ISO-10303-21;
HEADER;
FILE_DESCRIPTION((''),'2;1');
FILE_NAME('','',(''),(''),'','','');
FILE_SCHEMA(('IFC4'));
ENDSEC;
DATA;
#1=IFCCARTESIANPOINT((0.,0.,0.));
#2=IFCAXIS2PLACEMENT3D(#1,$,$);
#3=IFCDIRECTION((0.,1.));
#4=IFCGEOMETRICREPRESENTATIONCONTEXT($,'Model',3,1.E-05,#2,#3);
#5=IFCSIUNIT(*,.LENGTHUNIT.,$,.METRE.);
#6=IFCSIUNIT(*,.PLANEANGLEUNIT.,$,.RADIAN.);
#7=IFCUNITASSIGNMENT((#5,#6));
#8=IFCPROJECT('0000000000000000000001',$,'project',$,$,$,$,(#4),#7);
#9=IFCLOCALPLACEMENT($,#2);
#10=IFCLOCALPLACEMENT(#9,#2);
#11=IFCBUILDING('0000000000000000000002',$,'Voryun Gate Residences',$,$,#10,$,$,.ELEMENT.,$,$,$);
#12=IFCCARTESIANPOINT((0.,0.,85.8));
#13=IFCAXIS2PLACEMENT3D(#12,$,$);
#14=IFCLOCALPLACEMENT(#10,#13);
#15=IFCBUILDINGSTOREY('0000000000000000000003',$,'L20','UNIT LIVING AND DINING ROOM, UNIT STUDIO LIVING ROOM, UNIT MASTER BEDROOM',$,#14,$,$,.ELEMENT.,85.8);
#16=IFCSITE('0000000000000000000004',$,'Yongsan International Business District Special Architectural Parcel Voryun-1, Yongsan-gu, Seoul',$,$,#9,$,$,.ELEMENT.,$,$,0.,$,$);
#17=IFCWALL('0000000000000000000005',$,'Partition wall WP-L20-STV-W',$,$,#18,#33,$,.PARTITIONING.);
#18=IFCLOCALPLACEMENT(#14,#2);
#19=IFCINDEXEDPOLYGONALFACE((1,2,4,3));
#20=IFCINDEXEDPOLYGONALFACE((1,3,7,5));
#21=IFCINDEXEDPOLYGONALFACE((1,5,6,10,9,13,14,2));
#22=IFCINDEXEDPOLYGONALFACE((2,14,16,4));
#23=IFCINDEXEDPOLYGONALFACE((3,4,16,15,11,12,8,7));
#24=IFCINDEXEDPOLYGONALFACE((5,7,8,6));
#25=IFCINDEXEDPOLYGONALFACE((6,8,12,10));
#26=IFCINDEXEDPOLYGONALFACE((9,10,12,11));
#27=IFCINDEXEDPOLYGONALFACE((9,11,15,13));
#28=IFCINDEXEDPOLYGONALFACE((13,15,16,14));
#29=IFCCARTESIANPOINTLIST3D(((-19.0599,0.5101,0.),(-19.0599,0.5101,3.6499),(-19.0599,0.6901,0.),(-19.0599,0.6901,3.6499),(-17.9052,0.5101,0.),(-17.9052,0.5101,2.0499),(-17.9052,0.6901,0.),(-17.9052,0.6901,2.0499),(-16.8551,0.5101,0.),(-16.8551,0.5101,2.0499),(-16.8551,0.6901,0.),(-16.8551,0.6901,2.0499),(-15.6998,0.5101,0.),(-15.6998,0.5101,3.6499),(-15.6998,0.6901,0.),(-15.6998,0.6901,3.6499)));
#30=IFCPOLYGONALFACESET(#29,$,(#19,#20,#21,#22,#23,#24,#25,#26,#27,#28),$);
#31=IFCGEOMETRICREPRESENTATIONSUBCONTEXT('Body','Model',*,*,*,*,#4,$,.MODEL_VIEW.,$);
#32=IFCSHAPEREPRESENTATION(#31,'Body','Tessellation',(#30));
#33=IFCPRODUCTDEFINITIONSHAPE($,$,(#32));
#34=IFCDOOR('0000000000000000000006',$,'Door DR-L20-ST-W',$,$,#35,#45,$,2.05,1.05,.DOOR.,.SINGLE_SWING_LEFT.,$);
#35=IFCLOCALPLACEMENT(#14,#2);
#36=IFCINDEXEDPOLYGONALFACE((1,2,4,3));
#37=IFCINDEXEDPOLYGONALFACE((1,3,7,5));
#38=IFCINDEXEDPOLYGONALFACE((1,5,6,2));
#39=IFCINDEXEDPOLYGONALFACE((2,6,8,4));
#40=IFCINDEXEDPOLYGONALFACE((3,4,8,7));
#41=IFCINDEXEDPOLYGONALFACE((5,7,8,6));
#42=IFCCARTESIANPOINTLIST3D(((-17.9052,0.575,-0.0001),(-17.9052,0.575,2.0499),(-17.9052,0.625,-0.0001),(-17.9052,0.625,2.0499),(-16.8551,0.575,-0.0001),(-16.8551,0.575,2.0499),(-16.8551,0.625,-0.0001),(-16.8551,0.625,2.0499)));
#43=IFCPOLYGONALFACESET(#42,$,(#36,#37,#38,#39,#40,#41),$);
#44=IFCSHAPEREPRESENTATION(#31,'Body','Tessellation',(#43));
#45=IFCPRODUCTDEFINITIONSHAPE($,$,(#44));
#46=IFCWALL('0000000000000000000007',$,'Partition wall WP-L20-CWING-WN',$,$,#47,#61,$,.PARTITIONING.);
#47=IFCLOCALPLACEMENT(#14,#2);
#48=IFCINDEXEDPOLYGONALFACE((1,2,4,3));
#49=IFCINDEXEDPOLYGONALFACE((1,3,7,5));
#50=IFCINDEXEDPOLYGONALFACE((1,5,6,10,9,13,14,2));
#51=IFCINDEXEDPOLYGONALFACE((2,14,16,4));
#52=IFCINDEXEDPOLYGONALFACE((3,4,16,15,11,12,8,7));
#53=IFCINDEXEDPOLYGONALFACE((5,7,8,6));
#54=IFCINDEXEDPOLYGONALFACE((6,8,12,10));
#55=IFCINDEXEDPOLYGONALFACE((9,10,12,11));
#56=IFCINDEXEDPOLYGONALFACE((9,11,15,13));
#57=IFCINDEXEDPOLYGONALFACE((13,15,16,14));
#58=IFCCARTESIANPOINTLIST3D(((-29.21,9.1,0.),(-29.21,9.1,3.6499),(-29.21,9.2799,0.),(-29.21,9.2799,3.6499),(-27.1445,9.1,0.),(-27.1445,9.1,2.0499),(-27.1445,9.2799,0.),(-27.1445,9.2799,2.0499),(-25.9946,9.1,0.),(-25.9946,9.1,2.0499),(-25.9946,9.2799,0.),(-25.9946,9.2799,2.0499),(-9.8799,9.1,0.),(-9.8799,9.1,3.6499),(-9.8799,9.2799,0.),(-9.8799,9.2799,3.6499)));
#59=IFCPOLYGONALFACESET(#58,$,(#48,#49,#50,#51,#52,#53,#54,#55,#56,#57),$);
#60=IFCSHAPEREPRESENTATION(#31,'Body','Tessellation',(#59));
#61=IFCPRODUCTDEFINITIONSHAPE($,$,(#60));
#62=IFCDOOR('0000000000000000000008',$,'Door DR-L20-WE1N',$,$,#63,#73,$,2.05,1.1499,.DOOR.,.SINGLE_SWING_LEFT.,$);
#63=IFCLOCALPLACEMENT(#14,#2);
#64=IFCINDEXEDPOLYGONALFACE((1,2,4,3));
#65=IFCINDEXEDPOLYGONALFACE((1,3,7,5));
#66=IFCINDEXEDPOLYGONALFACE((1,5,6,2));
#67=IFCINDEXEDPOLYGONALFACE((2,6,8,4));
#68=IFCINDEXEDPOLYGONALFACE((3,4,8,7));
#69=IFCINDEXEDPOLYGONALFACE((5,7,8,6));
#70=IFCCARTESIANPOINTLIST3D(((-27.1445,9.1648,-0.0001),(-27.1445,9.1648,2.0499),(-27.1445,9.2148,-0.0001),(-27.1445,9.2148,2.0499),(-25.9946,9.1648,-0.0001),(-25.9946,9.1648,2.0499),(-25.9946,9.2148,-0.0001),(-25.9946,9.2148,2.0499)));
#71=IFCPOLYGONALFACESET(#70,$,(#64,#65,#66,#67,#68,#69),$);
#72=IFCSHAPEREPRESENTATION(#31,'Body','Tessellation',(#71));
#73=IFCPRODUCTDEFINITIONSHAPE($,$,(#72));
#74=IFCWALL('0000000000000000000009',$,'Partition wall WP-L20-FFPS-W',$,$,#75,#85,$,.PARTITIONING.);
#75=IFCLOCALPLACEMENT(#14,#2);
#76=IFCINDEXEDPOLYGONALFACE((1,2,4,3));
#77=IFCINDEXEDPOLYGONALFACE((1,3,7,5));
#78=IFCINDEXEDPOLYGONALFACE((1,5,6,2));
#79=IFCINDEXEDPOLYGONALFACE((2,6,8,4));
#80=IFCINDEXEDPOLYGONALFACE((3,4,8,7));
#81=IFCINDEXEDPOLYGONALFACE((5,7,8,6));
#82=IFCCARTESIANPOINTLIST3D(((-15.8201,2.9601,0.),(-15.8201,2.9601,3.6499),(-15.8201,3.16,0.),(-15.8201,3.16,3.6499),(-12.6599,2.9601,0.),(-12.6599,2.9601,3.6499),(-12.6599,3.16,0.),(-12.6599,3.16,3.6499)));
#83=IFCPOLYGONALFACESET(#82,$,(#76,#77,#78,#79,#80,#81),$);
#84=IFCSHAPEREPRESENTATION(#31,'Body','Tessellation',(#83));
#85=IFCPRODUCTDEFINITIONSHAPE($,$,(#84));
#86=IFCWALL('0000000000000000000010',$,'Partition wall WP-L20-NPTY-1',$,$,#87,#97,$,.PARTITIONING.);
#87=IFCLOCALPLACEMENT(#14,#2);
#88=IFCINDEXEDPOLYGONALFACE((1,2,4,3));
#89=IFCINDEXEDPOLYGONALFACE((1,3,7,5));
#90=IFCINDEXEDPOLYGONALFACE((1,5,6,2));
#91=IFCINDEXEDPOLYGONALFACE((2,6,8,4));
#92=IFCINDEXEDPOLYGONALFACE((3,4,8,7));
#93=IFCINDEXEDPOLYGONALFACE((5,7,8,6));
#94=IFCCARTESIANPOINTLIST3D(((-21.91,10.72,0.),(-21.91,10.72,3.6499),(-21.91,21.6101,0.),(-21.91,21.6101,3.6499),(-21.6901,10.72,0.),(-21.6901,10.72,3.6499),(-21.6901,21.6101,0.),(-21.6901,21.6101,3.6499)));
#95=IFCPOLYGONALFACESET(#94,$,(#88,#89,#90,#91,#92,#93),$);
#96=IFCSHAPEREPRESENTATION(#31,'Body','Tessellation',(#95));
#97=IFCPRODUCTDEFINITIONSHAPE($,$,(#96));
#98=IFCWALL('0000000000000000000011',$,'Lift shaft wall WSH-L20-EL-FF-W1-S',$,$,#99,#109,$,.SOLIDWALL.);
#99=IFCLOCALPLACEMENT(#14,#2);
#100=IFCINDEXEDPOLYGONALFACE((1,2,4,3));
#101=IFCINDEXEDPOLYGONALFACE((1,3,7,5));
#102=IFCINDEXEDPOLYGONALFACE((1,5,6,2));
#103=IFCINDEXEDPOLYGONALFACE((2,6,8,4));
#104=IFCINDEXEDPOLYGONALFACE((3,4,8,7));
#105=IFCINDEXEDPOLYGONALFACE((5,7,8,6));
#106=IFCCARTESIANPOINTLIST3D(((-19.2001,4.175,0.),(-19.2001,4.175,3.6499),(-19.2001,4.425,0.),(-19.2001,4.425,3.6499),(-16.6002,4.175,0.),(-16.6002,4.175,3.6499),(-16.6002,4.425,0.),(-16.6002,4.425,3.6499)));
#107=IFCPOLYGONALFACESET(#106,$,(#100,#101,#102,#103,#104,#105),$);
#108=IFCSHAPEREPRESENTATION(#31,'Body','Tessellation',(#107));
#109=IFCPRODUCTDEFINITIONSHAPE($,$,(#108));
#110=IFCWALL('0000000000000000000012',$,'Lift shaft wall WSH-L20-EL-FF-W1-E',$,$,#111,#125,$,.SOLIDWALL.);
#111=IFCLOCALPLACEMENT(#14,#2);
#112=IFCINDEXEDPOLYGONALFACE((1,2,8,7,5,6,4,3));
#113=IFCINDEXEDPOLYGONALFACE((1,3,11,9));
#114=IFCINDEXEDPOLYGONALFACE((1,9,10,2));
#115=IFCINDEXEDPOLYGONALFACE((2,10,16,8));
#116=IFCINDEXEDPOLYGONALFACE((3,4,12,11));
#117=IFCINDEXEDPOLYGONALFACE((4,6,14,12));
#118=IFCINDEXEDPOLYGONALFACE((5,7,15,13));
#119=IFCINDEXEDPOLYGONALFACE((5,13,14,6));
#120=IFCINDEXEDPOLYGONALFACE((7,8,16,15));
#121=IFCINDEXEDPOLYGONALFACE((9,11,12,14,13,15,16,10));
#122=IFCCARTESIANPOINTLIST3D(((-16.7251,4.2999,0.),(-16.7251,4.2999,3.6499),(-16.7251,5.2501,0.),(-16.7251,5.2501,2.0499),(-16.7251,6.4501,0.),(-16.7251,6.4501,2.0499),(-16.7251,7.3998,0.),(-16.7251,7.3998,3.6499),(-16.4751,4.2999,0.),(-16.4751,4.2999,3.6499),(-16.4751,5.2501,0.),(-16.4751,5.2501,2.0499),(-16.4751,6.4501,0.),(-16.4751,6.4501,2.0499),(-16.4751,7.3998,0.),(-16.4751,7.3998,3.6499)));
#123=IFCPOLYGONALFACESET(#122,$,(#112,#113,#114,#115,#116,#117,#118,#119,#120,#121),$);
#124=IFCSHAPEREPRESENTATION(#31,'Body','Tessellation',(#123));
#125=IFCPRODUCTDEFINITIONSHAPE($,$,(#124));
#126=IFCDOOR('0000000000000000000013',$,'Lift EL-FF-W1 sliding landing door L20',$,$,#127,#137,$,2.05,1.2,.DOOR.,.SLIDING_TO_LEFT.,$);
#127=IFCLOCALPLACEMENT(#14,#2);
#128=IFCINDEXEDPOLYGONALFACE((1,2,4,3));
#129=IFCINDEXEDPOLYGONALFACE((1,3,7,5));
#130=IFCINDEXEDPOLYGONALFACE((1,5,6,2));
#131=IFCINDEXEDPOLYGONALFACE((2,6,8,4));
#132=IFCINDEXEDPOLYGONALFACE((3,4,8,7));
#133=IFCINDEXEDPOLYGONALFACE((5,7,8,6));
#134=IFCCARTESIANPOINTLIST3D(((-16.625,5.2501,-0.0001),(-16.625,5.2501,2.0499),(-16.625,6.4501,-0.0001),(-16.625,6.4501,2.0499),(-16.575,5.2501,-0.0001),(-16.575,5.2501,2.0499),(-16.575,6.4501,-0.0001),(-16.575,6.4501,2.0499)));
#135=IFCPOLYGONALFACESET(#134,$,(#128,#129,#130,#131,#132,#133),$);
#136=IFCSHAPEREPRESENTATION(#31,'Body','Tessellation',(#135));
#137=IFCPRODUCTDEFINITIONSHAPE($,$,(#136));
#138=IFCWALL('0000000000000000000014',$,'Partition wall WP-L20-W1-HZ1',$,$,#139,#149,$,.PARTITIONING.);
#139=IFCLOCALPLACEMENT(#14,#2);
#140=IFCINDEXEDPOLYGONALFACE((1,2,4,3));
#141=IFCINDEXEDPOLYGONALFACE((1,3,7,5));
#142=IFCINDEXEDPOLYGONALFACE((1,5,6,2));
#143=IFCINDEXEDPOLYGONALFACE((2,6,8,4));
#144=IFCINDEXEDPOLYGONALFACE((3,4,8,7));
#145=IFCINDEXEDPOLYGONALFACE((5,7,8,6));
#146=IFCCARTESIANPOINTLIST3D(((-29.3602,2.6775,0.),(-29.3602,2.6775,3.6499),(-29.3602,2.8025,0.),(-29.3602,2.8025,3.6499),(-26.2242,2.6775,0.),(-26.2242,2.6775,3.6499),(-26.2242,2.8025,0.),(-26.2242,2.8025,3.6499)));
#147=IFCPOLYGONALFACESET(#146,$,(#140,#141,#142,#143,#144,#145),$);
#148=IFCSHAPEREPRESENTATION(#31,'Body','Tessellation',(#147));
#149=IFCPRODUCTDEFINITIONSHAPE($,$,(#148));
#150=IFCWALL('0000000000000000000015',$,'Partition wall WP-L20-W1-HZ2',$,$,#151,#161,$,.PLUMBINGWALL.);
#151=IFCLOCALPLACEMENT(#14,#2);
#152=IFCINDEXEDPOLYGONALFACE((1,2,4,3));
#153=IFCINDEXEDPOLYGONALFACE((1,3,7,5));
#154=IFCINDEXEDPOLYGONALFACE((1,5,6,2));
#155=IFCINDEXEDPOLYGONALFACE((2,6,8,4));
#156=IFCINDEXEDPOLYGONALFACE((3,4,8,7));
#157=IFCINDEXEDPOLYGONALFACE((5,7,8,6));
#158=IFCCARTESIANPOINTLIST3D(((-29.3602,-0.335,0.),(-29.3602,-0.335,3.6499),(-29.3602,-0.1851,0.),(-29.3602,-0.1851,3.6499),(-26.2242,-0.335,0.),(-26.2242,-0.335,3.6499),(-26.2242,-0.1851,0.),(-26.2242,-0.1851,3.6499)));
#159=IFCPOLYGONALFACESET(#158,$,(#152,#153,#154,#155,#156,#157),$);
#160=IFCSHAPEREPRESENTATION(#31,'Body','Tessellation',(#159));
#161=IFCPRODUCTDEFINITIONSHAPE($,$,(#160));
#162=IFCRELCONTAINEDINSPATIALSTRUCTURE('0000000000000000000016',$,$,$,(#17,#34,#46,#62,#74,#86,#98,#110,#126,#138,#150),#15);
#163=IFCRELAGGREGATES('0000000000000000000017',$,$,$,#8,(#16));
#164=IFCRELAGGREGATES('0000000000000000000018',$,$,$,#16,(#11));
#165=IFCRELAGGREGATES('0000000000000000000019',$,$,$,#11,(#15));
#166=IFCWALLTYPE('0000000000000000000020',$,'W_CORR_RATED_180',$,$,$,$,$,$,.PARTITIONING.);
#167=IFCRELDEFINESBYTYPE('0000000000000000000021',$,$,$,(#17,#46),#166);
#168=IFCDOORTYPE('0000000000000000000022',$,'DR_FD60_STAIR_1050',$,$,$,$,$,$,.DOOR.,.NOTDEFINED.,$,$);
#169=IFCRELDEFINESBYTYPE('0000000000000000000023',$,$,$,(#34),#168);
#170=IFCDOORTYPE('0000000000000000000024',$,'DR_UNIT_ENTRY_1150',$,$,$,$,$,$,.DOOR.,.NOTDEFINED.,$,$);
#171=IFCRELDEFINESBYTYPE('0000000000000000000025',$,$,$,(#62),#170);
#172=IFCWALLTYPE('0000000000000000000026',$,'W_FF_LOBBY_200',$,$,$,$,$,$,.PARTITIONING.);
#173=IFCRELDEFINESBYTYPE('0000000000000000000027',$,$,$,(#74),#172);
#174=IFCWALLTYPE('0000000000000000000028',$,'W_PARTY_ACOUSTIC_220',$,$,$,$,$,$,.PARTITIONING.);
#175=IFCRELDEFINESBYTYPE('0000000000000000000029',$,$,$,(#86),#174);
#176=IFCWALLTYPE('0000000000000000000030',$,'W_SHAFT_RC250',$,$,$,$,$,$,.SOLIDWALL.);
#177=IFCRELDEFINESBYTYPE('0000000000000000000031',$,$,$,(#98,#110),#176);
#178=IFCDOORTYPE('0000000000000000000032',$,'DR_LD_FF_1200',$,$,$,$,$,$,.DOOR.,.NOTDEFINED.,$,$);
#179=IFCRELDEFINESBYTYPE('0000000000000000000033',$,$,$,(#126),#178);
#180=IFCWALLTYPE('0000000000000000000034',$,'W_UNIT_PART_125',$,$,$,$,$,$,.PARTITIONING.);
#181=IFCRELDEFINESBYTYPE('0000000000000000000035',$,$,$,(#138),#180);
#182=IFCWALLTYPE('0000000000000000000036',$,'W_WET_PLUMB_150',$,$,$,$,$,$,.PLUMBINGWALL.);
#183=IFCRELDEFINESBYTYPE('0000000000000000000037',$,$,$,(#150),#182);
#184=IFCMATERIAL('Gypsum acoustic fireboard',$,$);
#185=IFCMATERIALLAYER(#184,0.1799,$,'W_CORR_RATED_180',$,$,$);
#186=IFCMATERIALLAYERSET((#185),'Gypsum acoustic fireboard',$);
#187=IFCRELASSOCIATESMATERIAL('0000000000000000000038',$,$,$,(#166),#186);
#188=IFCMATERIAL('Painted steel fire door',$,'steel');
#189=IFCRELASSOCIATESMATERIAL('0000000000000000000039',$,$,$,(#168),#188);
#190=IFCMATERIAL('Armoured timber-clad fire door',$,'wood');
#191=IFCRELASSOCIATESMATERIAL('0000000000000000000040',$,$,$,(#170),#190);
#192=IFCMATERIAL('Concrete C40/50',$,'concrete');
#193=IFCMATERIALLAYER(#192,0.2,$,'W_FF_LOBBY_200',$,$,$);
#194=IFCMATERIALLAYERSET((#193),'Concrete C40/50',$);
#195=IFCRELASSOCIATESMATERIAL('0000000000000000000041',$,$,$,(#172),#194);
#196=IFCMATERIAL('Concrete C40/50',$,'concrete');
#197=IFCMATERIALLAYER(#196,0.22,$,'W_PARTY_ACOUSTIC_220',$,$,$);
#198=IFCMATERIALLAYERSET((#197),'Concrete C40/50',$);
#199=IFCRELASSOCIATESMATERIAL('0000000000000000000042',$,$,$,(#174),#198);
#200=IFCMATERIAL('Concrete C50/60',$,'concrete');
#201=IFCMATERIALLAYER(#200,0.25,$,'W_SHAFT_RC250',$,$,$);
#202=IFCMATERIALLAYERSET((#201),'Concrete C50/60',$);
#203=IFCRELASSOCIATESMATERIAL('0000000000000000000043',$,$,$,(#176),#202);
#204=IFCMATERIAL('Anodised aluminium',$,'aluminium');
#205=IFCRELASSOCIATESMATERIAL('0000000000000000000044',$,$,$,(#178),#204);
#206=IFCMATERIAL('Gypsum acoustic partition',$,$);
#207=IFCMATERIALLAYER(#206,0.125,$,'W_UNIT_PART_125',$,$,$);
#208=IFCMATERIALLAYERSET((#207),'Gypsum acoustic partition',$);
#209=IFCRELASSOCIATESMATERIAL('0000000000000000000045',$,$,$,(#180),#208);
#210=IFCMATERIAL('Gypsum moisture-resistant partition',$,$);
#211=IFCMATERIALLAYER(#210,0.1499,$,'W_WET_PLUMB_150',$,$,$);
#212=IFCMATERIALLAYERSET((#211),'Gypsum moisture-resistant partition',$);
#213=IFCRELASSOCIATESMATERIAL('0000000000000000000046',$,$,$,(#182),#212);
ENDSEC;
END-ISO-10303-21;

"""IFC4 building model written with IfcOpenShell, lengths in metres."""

from ifc_helpers import new_model, si_unit, direction, frame, frame_2d, origin, place, context, subcontext, project, spatial, rectangle, extrude, material, layer, layer_set, type_object, element, fill, save


model = new_model("IFC4")

# Units and contexts
model_context = context("Model", 3, precision=1e-05, world=origin(), true_north=direction((0.0, 1.0)))
body_context = subcontext(model_context, "Body", "Model", "MODEL_VIEW")
ifc_project = project(units=[si_unit("LENGTHUNIT", "METRE"), si_unit("PLANEANGLEUNIT", "RADIAN")], contexts=[model_context])

# Site, building, storey
site_placement = place(None, origin())
site = spatial("IfcSite", under=ifc_project, at=site_placement, Name="Yongsan International Business District Special Architectural Parcel Voryun-1, Yongsan-gu, Seoul", CompositionType="ELEMENT", RefElevation=0.0)
building_placement = place(site_placement, origin())
building = spatial("IfcBuilding", under=site, at=building_placement, Name="Voryun Gate Residences", CompositionType="ELEMENT")
storey_placement = place(building_placement, frame((0.0, 0.0, 85.8)))
storey = spatial("IfcBuildingStorey", under=building, at=storey_placement, Name="L20", Description="UNIT LIVING AND DINING ROOM, UNIT STUDIO LIVING ROOM, UNIT MASTER BEDROOM", CompositionType="ELEMENT", Elevation=85.8)

# Walls, openings, doors
ifc_material_1 = material(Name="Gypsum acoustic fireboard")
ifc_layer_1 = layer(ifc_material_1, 0.1799, Name="W_CORR_RATED_180")
ifc_layer_set_1 = layer_set([ifc_layer_1], Name="Gypsum acoustic fireboard")
wall_type_1 = type_object("IfcWallType", Name="W_CORR_RATED_180", PredefinedType="PARTITIONING", material=ifc_layer_set_1)
wall_1_placement = place(storey_placement, frame((-19.0601, 0.6001, 0.0), z_axis=(0.0, 0.0, 1.0), x_axis=(1.0, 0.0, 0.0)))
wall_1 = element("IfcWall", 1, at=wall_1_placement, inside=storey, type_object=wall_type_1, Name="Partition wall WP-L20-STV-W", PredefinedType="PARTITIONING", context=body_context, shape_type="SweptSolid", body=[
    extrude(rectangle(XDim=3.3601, YDim=0.1799, at=frame_2d((1.6802, 0.0))), origin(), (0.0, 0.0, 1.0), 3.6499),
])
opening_1_placement = place(wall_1_placement, frame((1.155, 0.0, 0.0)))
opening_1 = element("IfcOpeningElement", 2, at=opening_1_placement, cuts=wall_1, PredefinedType="OPENING", context=body_context, shape_type="SweptSolid", body=[
    extrude(rectangle(XDim=1.05, YDim=2.05, at=frame_2d((0.5249, 1.0249))), frame((0.0, 0.0999, 0.0), z_axis=(0.0, -1.0, 0.0), x_axis=(1.0, 0.0, 0.0)), (0.0, 0.0, 1.0), 0.2),
])
ifc_material_2 = material(Name="Painted steel fire door", Category="steel")
door_type_1 = type_object("IfcDoorType", Name="DR_FD60_STAIR_1050", OperationType="NOTDEFINED", PredefinedType="DOOR", material=ifc_material_2)
door_1_placement = place(opening_1_placement, origin())
door_1 = element("IfcDoor", 3, at=door_1_placement, inside=storey, type_object=door_type_1, Name="Door DR-L20-ST-W", OperationType="SINGLE_SWING_LEFT", OverallHeight=2.05, OverallWidth=1.05, PredefinedType="DOOR", context=body_context, shape_type="SweptSolid", body=[
    extrude(rectangle(XDim=1.05, YDim=2.05, at=frame_2d((0.5249, 1.0249))), frame((0.0, 0.0249, 0.0), z_axis=(0.0, -1.0, 0.0), x_axis=(1.0, 0.0, 0.0)), (0.0, 0.0, 1.0), 0.05),
])
fill(opening_1, door_1)
wall_2_placement = place(storey_placement, frame((-29.21, 9.1899, 0.0), z_axis=(0.0, 0.0, 1.0), x_axis=(1.0, 0.0, 0.0)))
wall_2 = element("IfcWall", 4, at=wall_2_placement, inside=storey, type_object=wall_type_1, Name="Partition wall WP-L20-CWING-WN", PredefinedType="PARTITIONING", context=body_context, shape_type="SweptSolid", body=[
    extrude(rectangle(XDim=19.3301, YDim=0.1799, at=frame_2d((9.665, 0.0))), origin(), (0.0, 0.0, 1.0), 3.6499),
])
opening_2_placement = place(wall_2_placement, frame((2.0654, 0.0, 0.0)))
opening_2 = element("IfcOpeningElement", 5, at=opening_2_placement, cuts=wall_2, PredefinedType="OPENING", context=body_context, shape_type="SweptSolid", body=[
    extrude(rectangle(XDim=1.1499, YDim=2.05, at=frame_2d((0.575, 1.0249))), frame((0.0, 0.0999, 0.0), z_axis=(0.0, -1.0, 0.0), x_axis=(1.0, 0.0, 0.0)), (0.0, 0.0, 1.0), 0.2),
])
ifc_material_3 = material(Name="Armoured timber-clad fire door", Category="wood")
door_type_2 = type_object("IfcDoorType", Name="DR_UNIT_ENTRY_1150", OperationType="NOTDEFINED", PredefinedType="DOOR", material=ifc_material_3)
door_2_placement = place(opening_2_placement, origin())
door_2 = element("IfcDoor", 6, at=door_2_placement, inside=storey, type_object=door_type_2, Name="Door DR-L20-WE1N", OperationType="SINGLE_SWING_LEFT", OverallHeight=2.05, OverallWidth=1.1499, PredefinedType="DOOR", context=body_context, shape_type="SweptSolid", body=[
    extrude(rectangle(XDim=1.1499, YDim=2.05, at=frame_2d((0.575, 1.0249))), frame((0.0, 0.0249, 0.0), z_axis=(0.0, -1.0, 0.0), x_axis=(1.0, 0.0, 0.0)), (0.0, 0.0, 1.0), 0.05),
])
fill(opening_2, door_2)

# Walls
ifc_material_4 = material(Name="Concrete C40/50", Category="concrete")
ifc_layer_2 = layer(ifc_material_4, 0.2, Name="W_FF_LOBBY_200")
ifc_layer_set_2 = layer_set([ifc_layer_2], Name="Concrete C40/50")
wall_type_2 = type_object("IfcWallType", Name="W_FF_LOBBY_200", PredefinedType="PARTITIONING", material=ifc_layer_set_2)
wall_3_placement = place(storey_placement, frame((-15.8201, 3.0601, 0.0), z_axis=(0.0, 0.0, 1.0), x_axis=(1.0, 0.0, 0.0)))
element("IfcWall", 7, at=wall_3_placement, inside=storey, type_object=wall_type_2, Name="Partition wall WP-L20-FFPS-W", PredefinedType="PARTITIONING", context=body_context, shape_type="SweptSolid", body=[
    extrude(rectangle(XDim=3.1602, YDim=0.2, at=frame_2d((1.5801, 0.0))), origin(), (0.0, 0.0, 1.0), 3.6499),
])
ifc_material_5 = material(Name="Concrete C40/50", Category="concrete")
ifc_layer_3 = layer(ifc_material_5, 0.22, Name="W_PARTY_ACOUSTIC_220")
ifc_layer_set_3 = layer_set([ifc_layer_3], Name="Concrete C40/50")
wall_type_3 = type_object("IfcWallType", Name="W_PARTY_ACOUSTIC_220", PredefinedType="PARTITIONING", material=ifc_layer_set_3)
wall_4_placement = place(storey_placement, frame((-21.8, 10.72, 0.0), z_axis=(0.0, 0.0, 1.0), x_axis=(0.0, 1.0, 0.0)))
element("IfcWall", 8, at=wall_4_placement, inside=storey, type_object=wall_type_3, Name="Partition wall WP-L20-NPTY-1", PredefinedType="PARTITIONING", context=body_context, shape_type="SweptSolid", body=[
    extrude(rectangle(XDim=10.8901, YDim=0.22, at=frame_2d((5.4451, 0.0))), origin(), (0.0, 0.0, 1.0), 3.6499),
])
ifc_material_6 = material(Name="Concrete C50/60", Category="concrete")
ifc_layer_4 = layer(ifc_material_6, 0.25, Name="W_SHAFT_RC250")
ifc_layer_set_4 = layer_set([ifc_layer_4], Name="Concrete C50/60")
wall_type_4 = type_object("IfcWallType", Name="W_SHAFT_RC250", PredefinedType="SOLIDWALL", material=ifc_layer_set_4)
wall_5_placement = place(storey_placement, frame((-19.2, 4.3, 0.0), z_axis=(0.0, 0.0, 1.0), x_axis=(1.0, 0.0, 0.0)))
element("IfcWall", 9, at=wall_5_placement, inside=storey, type_object=wall_type_4, Name="Lift shaft wall WSH-L20-EL-FF-W1-S", PredefinedType="SOLIDWALL", context=body_context, shape_type="SweptSolid", body=[
    extrude(rectangle(XDim=2.5999, YDim=0.25, at=frame_2d((1.2998, 0.0))), origin(), (0.0, 0.0, 1.0), 3.6499),
])

# Wall, opening, door
wall_6_placement = place(storey_placement, frame((-16.6001, 4.3, 0.0), z_axis=(0.0, 0.0, 1.0), x_axis=(0.0, 1.0, 0.0)))
wall_6 = element("IfcWall", 10, at=wall_6_placement, inside=storey, type_object=wall_type_4, Name="Lift shaft wall WSH-L20-EL-FF-W1-E", PredefinedType="SOLIDWALL", context=body_context, shape_type="SweptSolid", body=[
    extrude(rectangle(XDim=3.0999, YDim=0.25, at=frame_2d((1.5498, 0.0))), origin(), (0.0, 0.0, 1.0), 3.6499),
])
opening_3_placement = place(wall_6_placement, frame((0.95, 0.0, 0.0)))
opening_3 = element("IfcOpeningElement", 11, at=opening_3_placement, cuts=wall_6, PredefinedType="OPENING", context=body_context, shape_type="SweptSolid", body=[
    extrude(rectangle(XDim=1.2, YDim=2.05, at=frame_2d((0.6001, 1.0249))), frame((0.0, 0.135, 0.0), z_axis=(0.0, -1.0, 0.0), x_axis=(1.0, 0.0, 0.0)), (0.0, 0.0, 1.0), 0.27),
])
ifc_material_7 = material(Name="Anodised aluminium", Category="aluminium")
door_type_3 = type_object("IfcDoorType", Name="DR_LD_FF_1200", OperationType="NOTDEFINED", PredefinedType="DOOR", material=ifc_material_7)
door_3_placement = place(opening_3_placement, origin())
door_3 = element("IfcDoor", 12, at=door_3_placement, inside=storey, type_object=door_type_3, Name="Lift EL-FF-W1 sliding landing door L20", OperationType="SLIDING_TO_LEFT", OverallHeight=2.05, OverallWidth=1.2, PredefinedType="DOOR", context=body_context, shape_type="SweptSolid", body=[
    extrude(rectangle(XDim=1.2, YDim=2.05, at=frame_2d((0.6001, 1.0249))), frame((0.0, 0.0249, 0.0), z_axis=(0.0, -1.0, 0.0), x_axis=(1.0, 0.0, 0.0)), (0.0, 0.0, 1.0), 0.05),
])
fill(opening_3, door_3)

# Walls
ifc_material_8 = material(Name="Gypsum acoustic partition")
ifc_layer_5 = layer(ifc_material_8, 0.125, Name="W_UNIT_PART_125")
ifc_layer_set_5 = layer_set([ifc_layer_5], Name="Gypsum acoustic partition")
wall_type_5 = type_object("IfcWallType", Name="W_UNIT_PART_125", PredefinedType="PARTITIONING", material=ifc_layer_set_5)
wall_7_placement = place(storey_placement, frame((-29.3601, 2.74, 0.0), z_axis=(0.0, 0.0, 1.0), x_axis=(1.0, 0.0, 0.0)))
element("IfcWall", 13, at=wall_7_placement, inside=storey, type_object=wall_type_5, Name="Partition wall WP-L20-W1-HZ1", PredefinedType="PARTITIONING", context=body_context, shape_type="SweptSolid", body=[
    extrude(rectangle(XDim=3.136, YDim=0.125, at=frame_2d((1.5679, 0.0))), origin(), (0.0, 0.0, 1.0), 3.6499),
])
ifc_material_9 = material(Name="Gypsum moisture-resistant partition")
ifc_layer_6 = layer(ifc_material_9, 0.1499, Name="W_WET_PLUMB_150")
ifc_layer_set_6 = layer_set([ifc_layer_6], Name="Gypsum moisture-resistant partition")
wall_type_6 = type_object("IfcWallType", Name="W_WET_PLUMB_150", PredefinedType="PLUMBINGWALL", material=ifc_layer_set_6)
wall_8_placement = place(storey_placement, frame((-29.3601, -0.26, 0.0), z_axis=(0.0, 0.0, 1.0), x_axis=(1.0, 0.0, 0.0)))
element("IfcWall", 14, at=wall_8_placement, inside=storey, type_object=wall_type_6, Name="Partition wall WP-L20-W1-HZ2", PredefinedType="PLUMBINGWALL", context=body_context, shape_type="SweptSolid", body=[
    extrude(rectangle(XDim=3.136, YDim=0.1499, at=frame_2d((1.5679, 0.0))), origin(), (0.0, 0.0, 1.0), 3.6499),
])

save(model, "model.ifc")
